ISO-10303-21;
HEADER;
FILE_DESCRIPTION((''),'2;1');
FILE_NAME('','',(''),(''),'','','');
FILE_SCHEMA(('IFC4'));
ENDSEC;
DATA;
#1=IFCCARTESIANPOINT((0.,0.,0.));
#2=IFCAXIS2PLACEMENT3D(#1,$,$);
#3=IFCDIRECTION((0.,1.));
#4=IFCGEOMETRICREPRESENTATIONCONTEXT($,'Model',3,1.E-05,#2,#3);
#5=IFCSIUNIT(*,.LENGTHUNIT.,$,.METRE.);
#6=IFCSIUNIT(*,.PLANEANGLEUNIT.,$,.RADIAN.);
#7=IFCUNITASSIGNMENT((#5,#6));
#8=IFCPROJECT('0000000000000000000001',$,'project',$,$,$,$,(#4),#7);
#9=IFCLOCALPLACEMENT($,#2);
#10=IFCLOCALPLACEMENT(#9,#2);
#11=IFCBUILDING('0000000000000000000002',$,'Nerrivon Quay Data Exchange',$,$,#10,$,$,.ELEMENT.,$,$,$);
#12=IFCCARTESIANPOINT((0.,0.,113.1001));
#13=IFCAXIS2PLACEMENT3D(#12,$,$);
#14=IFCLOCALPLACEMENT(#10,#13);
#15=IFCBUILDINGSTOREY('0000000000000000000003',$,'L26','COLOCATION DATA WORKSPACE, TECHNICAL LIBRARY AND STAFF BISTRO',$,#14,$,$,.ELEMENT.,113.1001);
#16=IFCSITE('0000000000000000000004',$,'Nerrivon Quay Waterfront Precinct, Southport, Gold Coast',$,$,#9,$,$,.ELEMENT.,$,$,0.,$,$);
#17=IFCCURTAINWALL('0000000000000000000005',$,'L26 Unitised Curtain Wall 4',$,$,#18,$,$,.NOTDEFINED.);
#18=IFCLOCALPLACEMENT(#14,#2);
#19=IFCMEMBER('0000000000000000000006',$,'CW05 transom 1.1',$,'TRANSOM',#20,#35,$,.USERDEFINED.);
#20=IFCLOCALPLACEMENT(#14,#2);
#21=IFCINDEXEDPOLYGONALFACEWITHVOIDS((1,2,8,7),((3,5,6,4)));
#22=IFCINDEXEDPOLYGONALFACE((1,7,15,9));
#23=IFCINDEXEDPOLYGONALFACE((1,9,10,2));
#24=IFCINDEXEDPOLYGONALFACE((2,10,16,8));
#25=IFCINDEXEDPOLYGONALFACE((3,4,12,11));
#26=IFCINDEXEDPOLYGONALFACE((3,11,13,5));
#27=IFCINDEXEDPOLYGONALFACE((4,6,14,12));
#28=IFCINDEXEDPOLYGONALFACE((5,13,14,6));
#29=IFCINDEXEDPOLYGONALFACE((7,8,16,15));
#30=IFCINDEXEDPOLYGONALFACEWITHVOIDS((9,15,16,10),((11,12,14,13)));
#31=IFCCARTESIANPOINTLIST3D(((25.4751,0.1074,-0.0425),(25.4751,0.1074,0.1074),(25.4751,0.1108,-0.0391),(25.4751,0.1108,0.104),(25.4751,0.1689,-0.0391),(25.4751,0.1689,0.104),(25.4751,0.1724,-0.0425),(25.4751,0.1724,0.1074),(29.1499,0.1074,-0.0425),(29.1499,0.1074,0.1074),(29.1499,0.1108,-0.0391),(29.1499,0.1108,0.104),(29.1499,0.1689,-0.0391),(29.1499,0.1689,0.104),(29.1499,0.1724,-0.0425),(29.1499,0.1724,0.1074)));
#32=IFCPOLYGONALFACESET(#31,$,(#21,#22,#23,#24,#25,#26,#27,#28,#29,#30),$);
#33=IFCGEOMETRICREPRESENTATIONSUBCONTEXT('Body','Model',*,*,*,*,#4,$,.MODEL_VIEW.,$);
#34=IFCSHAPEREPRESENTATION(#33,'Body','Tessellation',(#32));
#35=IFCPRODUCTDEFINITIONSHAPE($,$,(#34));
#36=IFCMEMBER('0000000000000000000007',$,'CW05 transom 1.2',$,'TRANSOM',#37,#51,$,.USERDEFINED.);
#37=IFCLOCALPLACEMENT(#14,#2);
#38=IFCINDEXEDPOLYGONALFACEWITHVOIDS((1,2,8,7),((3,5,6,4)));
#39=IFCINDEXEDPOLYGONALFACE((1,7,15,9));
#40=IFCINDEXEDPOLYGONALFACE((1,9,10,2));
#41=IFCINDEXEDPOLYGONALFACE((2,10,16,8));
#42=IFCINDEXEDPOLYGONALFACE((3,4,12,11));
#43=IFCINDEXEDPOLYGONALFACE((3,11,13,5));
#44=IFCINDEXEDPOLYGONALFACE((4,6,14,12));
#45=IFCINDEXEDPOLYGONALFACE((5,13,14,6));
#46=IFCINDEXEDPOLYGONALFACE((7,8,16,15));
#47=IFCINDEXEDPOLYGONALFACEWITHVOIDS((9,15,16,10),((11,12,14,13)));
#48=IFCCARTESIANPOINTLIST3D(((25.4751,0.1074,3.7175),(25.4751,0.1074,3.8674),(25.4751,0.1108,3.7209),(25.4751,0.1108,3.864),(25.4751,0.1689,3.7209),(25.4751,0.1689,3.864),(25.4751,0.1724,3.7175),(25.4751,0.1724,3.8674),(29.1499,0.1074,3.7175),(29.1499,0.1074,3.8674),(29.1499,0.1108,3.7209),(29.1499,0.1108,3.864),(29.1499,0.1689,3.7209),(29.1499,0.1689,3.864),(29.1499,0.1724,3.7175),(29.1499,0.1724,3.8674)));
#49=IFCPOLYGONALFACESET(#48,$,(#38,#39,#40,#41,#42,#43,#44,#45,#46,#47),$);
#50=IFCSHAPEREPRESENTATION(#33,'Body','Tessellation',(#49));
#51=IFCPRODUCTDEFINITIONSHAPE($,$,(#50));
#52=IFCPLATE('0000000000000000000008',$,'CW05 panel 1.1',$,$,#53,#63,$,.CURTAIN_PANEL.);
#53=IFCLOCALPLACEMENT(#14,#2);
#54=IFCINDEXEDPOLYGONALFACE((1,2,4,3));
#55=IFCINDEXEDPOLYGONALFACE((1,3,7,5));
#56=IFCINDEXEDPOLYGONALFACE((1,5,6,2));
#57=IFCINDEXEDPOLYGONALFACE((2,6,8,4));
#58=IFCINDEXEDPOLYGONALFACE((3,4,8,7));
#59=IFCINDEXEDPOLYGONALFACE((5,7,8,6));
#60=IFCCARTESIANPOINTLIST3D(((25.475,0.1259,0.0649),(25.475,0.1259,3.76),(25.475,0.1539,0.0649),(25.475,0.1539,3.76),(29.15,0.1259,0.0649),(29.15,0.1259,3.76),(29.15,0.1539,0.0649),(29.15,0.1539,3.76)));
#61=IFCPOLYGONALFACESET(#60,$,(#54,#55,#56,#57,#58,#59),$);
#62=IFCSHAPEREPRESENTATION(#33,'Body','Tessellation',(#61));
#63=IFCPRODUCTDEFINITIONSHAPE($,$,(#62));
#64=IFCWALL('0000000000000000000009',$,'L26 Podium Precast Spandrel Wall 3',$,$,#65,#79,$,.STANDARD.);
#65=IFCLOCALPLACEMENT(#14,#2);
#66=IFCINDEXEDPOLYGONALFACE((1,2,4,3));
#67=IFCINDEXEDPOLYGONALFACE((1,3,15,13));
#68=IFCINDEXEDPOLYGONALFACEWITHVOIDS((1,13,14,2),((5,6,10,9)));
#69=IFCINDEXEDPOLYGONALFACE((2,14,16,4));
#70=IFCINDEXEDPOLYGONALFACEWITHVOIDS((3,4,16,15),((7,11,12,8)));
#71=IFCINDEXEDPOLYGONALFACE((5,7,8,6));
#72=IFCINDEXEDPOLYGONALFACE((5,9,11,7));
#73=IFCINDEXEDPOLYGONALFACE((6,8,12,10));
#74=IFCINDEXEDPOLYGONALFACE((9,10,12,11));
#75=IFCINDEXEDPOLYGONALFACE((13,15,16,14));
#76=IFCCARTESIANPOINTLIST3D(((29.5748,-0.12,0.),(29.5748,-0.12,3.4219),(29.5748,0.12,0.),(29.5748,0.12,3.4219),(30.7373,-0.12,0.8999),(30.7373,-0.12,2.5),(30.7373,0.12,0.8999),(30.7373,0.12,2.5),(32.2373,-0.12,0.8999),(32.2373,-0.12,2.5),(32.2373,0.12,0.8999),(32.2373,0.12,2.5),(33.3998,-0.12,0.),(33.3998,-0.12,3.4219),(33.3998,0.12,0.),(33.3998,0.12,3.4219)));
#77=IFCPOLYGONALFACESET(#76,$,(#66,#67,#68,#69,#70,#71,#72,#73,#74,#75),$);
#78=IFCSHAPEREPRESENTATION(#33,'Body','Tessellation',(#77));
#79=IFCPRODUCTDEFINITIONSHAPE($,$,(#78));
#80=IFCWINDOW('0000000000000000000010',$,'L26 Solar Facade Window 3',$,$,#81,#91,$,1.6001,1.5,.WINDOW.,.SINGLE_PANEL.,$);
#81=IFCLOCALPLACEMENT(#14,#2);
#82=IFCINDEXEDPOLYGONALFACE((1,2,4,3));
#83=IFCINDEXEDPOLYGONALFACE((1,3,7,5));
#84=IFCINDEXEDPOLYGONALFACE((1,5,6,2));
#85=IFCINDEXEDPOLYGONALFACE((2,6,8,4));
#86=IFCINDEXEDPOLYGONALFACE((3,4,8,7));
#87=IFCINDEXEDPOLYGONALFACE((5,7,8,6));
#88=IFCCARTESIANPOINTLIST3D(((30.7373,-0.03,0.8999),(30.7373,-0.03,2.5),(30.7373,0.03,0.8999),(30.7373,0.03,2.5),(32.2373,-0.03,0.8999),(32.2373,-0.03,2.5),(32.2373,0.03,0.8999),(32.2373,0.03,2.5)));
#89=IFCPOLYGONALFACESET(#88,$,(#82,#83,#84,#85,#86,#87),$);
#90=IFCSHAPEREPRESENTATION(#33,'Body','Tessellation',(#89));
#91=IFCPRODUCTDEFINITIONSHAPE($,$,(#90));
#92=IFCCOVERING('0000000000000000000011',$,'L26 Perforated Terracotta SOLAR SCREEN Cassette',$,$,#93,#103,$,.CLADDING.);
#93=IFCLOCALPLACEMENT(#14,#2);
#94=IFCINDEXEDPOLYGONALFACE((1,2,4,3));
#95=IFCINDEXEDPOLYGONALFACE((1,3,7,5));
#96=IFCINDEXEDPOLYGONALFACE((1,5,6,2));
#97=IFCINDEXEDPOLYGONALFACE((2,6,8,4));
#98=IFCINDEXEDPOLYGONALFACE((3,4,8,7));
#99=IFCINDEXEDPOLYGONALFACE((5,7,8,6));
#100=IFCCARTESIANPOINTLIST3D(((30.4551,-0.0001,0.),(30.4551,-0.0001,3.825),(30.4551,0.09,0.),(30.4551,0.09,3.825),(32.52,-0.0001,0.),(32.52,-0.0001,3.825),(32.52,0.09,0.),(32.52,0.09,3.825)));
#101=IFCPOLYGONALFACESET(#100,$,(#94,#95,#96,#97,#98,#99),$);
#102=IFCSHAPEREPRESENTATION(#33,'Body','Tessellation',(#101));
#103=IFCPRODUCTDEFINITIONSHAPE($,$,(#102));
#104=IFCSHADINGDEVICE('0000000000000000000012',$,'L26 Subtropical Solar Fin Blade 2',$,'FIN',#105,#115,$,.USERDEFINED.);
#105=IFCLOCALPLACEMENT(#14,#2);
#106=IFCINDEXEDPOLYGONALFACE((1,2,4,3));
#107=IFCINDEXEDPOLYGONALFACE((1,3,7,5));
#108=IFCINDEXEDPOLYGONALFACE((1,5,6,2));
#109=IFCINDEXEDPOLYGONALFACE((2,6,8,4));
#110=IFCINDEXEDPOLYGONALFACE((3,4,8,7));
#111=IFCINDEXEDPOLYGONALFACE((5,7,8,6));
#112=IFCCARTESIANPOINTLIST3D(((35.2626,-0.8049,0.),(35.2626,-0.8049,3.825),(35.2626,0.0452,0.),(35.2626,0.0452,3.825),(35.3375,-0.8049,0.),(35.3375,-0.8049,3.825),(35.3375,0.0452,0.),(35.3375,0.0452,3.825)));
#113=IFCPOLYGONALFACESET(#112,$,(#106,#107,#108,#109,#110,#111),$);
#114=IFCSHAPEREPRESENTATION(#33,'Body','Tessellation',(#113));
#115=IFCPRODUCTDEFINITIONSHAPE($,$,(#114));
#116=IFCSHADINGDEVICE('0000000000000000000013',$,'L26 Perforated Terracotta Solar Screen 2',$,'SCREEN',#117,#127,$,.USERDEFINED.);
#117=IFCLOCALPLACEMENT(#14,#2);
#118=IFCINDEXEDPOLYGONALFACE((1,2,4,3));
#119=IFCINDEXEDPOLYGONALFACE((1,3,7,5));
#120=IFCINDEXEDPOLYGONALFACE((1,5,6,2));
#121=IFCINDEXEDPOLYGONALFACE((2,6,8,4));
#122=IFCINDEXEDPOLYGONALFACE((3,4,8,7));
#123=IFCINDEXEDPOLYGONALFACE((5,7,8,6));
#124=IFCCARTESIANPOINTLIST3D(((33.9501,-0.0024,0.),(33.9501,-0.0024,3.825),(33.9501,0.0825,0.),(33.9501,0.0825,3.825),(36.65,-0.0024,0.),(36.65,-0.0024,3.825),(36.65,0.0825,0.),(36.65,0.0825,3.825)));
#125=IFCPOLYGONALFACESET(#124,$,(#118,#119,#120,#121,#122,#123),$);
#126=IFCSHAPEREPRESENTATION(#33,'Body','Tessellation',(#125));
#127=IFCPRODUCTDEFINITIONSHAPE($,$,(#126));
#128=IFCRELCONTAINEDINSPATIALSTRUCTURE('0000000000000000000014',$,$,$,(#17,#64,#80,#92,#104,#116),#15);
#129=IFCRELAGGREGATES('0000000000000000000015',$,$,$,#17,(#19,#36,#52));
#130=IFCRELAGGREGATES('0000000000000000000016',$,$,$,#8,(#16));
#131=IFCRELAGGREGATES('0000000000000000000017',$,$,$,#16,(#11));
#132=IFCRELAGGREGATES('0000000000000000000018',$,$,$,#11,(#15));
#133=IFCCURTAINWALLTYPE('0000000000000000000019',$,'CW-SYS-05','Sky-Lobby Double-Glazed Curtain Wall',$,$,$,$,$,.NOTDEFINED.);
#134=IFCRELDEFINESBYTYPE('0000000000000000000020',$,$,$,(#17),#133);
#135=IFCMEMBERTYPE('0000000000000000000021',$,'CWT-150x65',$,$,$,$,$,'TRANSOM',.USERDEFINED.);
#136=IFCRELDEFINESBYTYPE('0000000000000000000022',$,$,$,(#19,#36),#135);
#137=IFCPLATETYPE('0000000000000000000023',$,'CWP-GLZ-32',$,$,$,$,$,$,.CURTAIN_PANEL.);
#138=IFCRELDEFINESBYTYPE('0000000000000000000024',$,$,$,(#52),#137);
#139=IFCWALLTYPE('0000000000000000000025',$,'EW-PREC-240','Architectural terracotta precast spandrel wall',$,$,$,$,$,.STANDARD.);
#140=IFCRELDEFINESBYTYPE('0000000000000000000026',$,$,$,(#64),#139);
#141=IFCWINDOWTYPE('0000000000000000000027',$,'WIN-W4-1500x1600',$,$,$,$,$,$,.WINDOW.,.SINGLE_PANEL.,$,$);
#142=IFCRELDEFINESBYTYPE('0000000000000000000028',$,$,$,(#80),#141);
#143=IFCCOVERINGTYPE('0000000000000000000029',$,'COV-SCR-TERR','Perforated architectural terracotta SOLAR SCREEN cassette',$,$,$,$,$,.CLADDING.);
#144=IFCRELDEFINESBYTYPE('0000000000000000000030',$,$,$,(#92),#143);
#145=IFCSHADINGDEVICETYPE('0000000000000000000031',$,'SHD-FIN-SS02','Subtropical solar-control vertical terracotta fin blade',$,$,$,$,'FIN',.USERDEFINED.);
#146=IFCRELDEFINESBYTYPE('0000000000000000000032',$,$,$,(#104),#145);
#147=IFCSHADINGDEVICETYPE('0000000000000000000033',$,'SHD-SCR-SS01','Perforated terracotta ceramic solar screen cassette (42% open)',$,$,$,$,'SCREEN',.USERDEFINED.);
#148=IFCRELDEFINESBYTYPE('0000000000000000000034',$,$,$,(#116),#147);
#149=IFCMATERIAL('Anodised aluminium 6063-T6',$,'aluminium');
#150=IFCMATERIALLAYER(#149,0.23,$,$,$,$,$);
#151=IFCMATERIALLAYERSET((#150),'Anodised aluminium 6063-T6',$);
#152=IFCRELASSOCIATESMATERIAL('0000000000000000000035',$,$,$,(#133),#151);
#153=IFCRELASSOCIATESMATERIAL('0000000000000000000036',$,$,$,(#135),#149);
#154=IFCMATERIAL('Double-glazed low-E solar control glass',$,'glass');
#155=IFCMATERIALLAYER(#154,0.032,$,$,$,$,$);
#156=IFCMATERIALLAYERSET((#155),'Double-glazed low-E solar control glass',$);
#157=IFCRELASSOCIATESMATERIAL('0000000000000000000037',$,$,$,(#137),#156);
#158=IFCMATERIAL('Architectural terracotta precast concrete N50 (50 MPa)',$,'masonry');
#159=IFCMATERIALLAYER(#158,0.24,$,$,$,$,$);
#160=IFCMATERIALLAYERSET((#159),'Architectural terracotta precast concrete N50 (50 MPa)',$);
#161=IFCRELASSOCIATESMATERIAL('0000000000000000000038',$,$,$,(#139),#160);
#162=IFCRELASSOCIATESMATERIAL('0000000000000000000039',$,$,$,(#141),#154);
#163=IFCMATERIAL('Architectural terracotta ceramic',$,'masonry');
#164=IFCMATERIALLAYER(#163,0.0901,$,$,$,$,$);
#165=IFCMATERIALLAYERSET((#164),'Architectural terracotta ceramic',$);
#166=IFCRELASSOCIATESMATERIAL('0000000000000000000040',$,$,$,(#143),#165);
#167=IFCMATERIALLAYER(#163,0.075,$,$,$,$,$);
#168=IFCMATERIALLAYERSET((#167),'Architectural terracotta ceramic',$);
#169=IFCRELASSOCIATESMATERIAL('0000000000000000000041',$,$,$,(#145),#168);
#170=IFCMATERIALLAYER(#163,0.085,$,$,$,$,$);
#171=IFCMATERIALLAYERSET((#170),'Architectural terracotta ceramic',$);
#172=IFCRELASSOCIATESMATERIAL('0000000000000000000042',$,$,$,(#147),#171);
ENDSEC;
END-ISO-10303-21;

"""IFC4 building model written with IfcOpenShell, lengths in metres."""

from ifc_helpers import new_model, si_unit, direction, frame, frame_2d, origin, origin_2d, place, context, subcontext, project, spatial, rectangle, hollow_rectangle, extrude, material, layer, layer_set, material_profile, profile_set, type_object, element, fill, aggregate, save


model = new_model("IFC4")

# Units and contexts
model_context = context("Model", 3, precision=1e-05, world=origin(), true_north=direction((0.0, 1.0)))
body_context = subcontext(model_context, "Body", "Model", "MODEL_VIEW")
ifc_project = project(units=[si_unit("LENGTHUNIT", "METRE"), si_unit("PLANEANGLEUNIT", "RADIAN")], contexts=[model_context])

# Site, building, storey
site_placement = place(None, origin())
site = spatial("IfcSite", under=ifc_project, at=site_placement, Name="Nerrivon Quay Waterfront Precinct, Southport, Gold Coast", CompositionType="ELEMENT", RefElevation=0.0)
building_placement = place(site_placement, origin())
building = spatial("IfcBuilding", under=site, at=building_placement, Name="Nerrivon Quay Data Exchange", CompositionType="ELEMENT")
storey_placement = place(building_placement, frame((0.0, 0.0, 113.1001)))
storey = spatial("IfcBuildingStorey", under=building, at=storey_placement, Name="L26", Description="COLOCATION DATA WORKSPACE, TECHNICAL LIBRARY AND STAFF BISTRO", CompositionType="ELEMENT", Elevation=113.1001)

# Shared definitions
ifc_material_1 = material(Name="Anodised aluminium 6063-T6", Category="aluminium")
ifc_layer_1 = layer(ifc_material_1, 0.23)
ifc_layer_set_1 = layer_set([ifc_layer_1], Name="Anodised aluminium 6063-T6")
curtain_wall_type = type_object("IfcCurtainWallType", Name="CW-SYS-05", Description="Sky-Lobby Double-Glazed Curtain Wall", PredefinedType="NOTDEFINED", material=ifc_layer_set_1)

# Curtain wall, members, plate
curtain_wall_1_placement = place(storey_placement, origin())
curtain_wall_1 = element("IfcCurtainWall", 1, at=curtain_wall_1_placement, inside=storey, type_object=curtain_wall_type, Name="L26 Unitised Curtain Wall 4", PredefinedType="NOTDEFINED")
ifc_material_profile_1 = material_profile(ifc_material_1, hollow_rectangle(XDim=0.0649, YDim=0.1499, WallThickness=0.0034, at=origin_2d()), Name="ALU-TRAN-150x65")
ifc_profile_set_1 = profile_set([ifc_material_profile_1], Name="Anodised aluminium 6063-T6")
member_type_1 = type_object("IfcMemberType", Name="CWT-150x65", ElementType="TRANSOM", PredefinedType="USERDEFINED", material=ifc_profile_set_1)
member_1_placement = place(storey_placement, frame((29.1499, 0.1399, 0.0325), z_axis=(-1.0, 0.0, 0.0), x_axis=(0.0, -1.0, 0.0)))
member_1 = element("IfcMember", 2, at=member_1_placement, type_object=member_type_1, Name="CW05 transom 1.1", ObjectType="TRANSOM", PredefinedType="USERDEFINED", context=body_context, shape_type="SweptSolid", body=[
    extrude(hollow_rectangle(XDim=0.0649, YDim=0.1499, WallThickness=0.0034, at=origin_2d()), origin(), (0.0, 0.0, 1.0), 3.6748),
])
member_2_placement = place(storey_placement, frame((29.1499, 0.1399, 3.7925), z_axis=(-1.0, 0.0, 0.0), x_axis=(0.0, -1.0, 0.0)))
member_2 = element("IfcMember", 3, at=member_2_placement, type_object=member_type_1, Name="CW05 transom 1.2", ObjectType="TRANSOM", PredefinedType="USERDEFINED", context=body_context, shape_type="SweptSolid", body=[
    extrude(hollow_rectangle(XDim=0.0649, YDim=0.1499, WallThickness=0.0034, at=origin_2d()), origin(), (0.0, 0.0, 1.0), 3.6748),
])
ifc_material_2 = material(Name="Double-glazed low-E solar control glass", Category="glass")
ifc_layer_2 = layer(ifc_material_2, 0.032)
ifc_layer_set_2 = layer_set([ifc_layer_2], Name="Double-glazed low-E solar control glass")
plate_type = type_object("IfcPlateType", Name="CWP-GLZ-32", PredefinedType="CURTAIN_PANEL", material=ifc_layer_set_2)
plate_placement = place(storey_placement, frame((27.3125, 0.1399, 0.0649), z_axis=(0.0, 0.0, 1.0), x_axis=(-1.0, 0.0, 0.0)))
plate = element("IfcPlate", 4, at=plate_placement, type_object=plate_type, Name="CW05 panel 1.1", PredefinedType="CURTAIN_PANEL", context=body_context, shape_type="SweptSolid", body=[
    extrude(rectangle(XDim=3.675, YDim=0.0281, at=origin_2d()), origin(), (0.0, 0.0, 1.0), 3.6951),
])
aggregate(curtain_wall_1, [member_1, member_2, plate])

# Wall, opening, window
ifc_material_3 = material(Name="Architectural terracotta precast concrete N50 (50 MPa)", Category="masonry")
ifc_layer_3 = layer(ifc_material_3, 0.24)
ifc_layer_set_3 = layer_set([ifc_layer_3], Name="Architectural terracotta precast concrete N50 (50 MPa)")
wall_type_1 = type_object("IfcWallType", Name="EW-PREC-240", Description="Architectural terracotta precast spandrel wall", PredefinedType="STANDARD", material=ifc_layer_set_3)
wall_1_placement = place(storey_placement, frame((33.3999, 0.0, 0.0), z_axis=(0.0, 0.0, 1.0), x_axis=(-1.0, 0.0, 0.0)))
wall_1 = element("IfcWall", 5, at=wall_1_placement, inside=storey, type_object=wall_type_1, Name="L26 Podium Precast Spandrel Wall 3", PredefinedType="STANDARD", context=body_context, shape_type="SweptSolid", body=[
    extrude(rectangle(XDim=3.825, YDim=0.24, at=frame_2d((1.9126, 0.0))), origin(), (0.0, 0.0, 1.0), 3.4219),
])
opening_1_placement = place(wall_1_placement, frame((1.1626, 0.0, 0.8999)))
opening_1 = element("IfcOpeningElement", 6, at=opening_1_placement, cuts=wall_1, PredefinedType="OPENING", context=body_context, shape_type="SweptSolid", body=[
    extrude(rectangle(XDim=1.5, YDim=1.6001, at=frame_2d((0.75, 0.8))), frame((0.0, 0.1299, 0.0), z_axis=(0.0, -1.0, 0.0), x_axis=(1.0, 0.0, 0.0)), (0.0, 0.0, 1.0), 0.26),
])
window_type = type_object("IfcWindowType", Name="WIN-W4-1500x1600", PartitioningType="SINGLE_PANEL", PredefinedType="WINDOW", material=ifc_material_2)
window_placement = place(opening_1_placement, origin())
window = element("IfcWindow", 7, at=window_placement, inside=storey, type_object=window_type, Name="L26 Solar Facade Window 3", OverallHeight=1.6001, OverallWidth=1.5, PartitioningType="SINGLE_PANEL", PredefinedType="WINDOW", context=body_context, shape_type="SweptSolid", body=[
    extrude(rectangle(XDim=1.5, YDim=1.6001, at=frame_2d((0.75, 0.8))), frame((0.0, 0.03, 0.0), z_axis=(0.0, -1.0, 0.0), x_axis=(1.0, 0.0, 0.0)), (0.0, 0.0, 1.0), 0.0601),
])
fill(opening_1, window)

# Covering
ifc_material_4 = material(Name="Architectural terracotta ceramic", Category="masonry")
ifc_layer_4 = layer(ifc_material_4, 0.0901)
ifc_layer_set_4 = layer_set([ifc_layer_4], Name="Architectural terracotta ceramic")
covering_type = type_object("IfcCoveringType", Name="COV-SCR-TERR", Description="Perforated architectural terracotta SOLAR SCREEN cassette", PredefinedType="CLADDING", material=ifc_layer_set_4)
covering_placement = place(storey_placement, frame((31.4875, 0.0449, 0.0), z_axis=(0.0, 0.0, 1.0), x_axis=(-1.0, 0.0, 0.0)))
element("IfcCovering", 8, at=covering_placement, inside=storey, type_object=covering_type, Name="L26 Perforated Terracotta SOLAR SCREEN Cassette", PredefinedType="CLADDING", context=body_context, shape_type="SweptSolid", body=[
    extrude(rectangle(XDim=2.0649, YDim=0.0901, at=origin_2d()), origin(), (0.0, 0.0, 1.0), 3.825),
])

# Shading devices
ifc_layer_5 = layer(ifc_material_4, 0.075)
ifc_layer_set_5 = layer_set([ifc_layer_5], Name="Architectural terracotta ceramic")
shading_device_type_1 = type_object("IfcShadingDeviceType", Name="SHD-FIN-SS02", Description="Subtropical solar-control vertical terracotta fin blade", ElementType="FIN", PredefinedType="USERDEFINED", material=ifc_layer_set_5)
shading_device_1_placement = place(storey_placement, frame((35.3, -0.3799, 0.0), z_axis=(0.0, 0.0, 1.0), x_axis=(-1.0, 0.0, 0.0)))
element("IfcShadingDevice", 9, at=shading_device_1_placement, inside=storey, type_object=shading_device_type_1, Name="L26 Subtropical Solar Fin Blade 2", ObjectType="FIN", PredefinedType="USERDEFINED", context=body_context, shape_type="SweptSolid", body=[
    extrude(rectangle(XDim=0.075, YDim=0.8501, at=origin_2d()), origin(), (0.0, 0.0, 1.0), 3.825),
])
ifc_layer_6 = layer(ifc_material_4, 0.085)
ifc_layer_set_6 = layer_set([ifc_layer_6], Name="Architectural terracotta ceramic")
shading_device_type_2 = type_object("IfcShadingDeviceType", Name="SHD-SCR-SS01", Description="Perforated terracotta ceramic solar screen cassette (42% open)", ElementType="SCREEN", PredefinedType="USERDEFINED", material=ifc_layer_set_6)
shading_device_2_placement = place(storey_placement, frame((35.3, 0.04, 0.0), z_axis=(0.0, 0.0, 1.0), x_axis=(-1.0, 0.0, 0.0)))
element("IfcShadingDevice", 10, at=shading_device_2_placement, inside=storey, type_object=shading_device_type_2, Name="L26 Perforated Terracotta Solar Screen 2", ObjectType="SCREEN", PredefinedType="USERDEFINED", context=body_context, shape_type="SweptSolid", body=[
    extrude(rectangle(XDim=2.7, YDim=0.085, at=origin_2d()), origin(), (0.0, 0.0, 1.0), 3.825),
])

save(model, "model.ifc")
